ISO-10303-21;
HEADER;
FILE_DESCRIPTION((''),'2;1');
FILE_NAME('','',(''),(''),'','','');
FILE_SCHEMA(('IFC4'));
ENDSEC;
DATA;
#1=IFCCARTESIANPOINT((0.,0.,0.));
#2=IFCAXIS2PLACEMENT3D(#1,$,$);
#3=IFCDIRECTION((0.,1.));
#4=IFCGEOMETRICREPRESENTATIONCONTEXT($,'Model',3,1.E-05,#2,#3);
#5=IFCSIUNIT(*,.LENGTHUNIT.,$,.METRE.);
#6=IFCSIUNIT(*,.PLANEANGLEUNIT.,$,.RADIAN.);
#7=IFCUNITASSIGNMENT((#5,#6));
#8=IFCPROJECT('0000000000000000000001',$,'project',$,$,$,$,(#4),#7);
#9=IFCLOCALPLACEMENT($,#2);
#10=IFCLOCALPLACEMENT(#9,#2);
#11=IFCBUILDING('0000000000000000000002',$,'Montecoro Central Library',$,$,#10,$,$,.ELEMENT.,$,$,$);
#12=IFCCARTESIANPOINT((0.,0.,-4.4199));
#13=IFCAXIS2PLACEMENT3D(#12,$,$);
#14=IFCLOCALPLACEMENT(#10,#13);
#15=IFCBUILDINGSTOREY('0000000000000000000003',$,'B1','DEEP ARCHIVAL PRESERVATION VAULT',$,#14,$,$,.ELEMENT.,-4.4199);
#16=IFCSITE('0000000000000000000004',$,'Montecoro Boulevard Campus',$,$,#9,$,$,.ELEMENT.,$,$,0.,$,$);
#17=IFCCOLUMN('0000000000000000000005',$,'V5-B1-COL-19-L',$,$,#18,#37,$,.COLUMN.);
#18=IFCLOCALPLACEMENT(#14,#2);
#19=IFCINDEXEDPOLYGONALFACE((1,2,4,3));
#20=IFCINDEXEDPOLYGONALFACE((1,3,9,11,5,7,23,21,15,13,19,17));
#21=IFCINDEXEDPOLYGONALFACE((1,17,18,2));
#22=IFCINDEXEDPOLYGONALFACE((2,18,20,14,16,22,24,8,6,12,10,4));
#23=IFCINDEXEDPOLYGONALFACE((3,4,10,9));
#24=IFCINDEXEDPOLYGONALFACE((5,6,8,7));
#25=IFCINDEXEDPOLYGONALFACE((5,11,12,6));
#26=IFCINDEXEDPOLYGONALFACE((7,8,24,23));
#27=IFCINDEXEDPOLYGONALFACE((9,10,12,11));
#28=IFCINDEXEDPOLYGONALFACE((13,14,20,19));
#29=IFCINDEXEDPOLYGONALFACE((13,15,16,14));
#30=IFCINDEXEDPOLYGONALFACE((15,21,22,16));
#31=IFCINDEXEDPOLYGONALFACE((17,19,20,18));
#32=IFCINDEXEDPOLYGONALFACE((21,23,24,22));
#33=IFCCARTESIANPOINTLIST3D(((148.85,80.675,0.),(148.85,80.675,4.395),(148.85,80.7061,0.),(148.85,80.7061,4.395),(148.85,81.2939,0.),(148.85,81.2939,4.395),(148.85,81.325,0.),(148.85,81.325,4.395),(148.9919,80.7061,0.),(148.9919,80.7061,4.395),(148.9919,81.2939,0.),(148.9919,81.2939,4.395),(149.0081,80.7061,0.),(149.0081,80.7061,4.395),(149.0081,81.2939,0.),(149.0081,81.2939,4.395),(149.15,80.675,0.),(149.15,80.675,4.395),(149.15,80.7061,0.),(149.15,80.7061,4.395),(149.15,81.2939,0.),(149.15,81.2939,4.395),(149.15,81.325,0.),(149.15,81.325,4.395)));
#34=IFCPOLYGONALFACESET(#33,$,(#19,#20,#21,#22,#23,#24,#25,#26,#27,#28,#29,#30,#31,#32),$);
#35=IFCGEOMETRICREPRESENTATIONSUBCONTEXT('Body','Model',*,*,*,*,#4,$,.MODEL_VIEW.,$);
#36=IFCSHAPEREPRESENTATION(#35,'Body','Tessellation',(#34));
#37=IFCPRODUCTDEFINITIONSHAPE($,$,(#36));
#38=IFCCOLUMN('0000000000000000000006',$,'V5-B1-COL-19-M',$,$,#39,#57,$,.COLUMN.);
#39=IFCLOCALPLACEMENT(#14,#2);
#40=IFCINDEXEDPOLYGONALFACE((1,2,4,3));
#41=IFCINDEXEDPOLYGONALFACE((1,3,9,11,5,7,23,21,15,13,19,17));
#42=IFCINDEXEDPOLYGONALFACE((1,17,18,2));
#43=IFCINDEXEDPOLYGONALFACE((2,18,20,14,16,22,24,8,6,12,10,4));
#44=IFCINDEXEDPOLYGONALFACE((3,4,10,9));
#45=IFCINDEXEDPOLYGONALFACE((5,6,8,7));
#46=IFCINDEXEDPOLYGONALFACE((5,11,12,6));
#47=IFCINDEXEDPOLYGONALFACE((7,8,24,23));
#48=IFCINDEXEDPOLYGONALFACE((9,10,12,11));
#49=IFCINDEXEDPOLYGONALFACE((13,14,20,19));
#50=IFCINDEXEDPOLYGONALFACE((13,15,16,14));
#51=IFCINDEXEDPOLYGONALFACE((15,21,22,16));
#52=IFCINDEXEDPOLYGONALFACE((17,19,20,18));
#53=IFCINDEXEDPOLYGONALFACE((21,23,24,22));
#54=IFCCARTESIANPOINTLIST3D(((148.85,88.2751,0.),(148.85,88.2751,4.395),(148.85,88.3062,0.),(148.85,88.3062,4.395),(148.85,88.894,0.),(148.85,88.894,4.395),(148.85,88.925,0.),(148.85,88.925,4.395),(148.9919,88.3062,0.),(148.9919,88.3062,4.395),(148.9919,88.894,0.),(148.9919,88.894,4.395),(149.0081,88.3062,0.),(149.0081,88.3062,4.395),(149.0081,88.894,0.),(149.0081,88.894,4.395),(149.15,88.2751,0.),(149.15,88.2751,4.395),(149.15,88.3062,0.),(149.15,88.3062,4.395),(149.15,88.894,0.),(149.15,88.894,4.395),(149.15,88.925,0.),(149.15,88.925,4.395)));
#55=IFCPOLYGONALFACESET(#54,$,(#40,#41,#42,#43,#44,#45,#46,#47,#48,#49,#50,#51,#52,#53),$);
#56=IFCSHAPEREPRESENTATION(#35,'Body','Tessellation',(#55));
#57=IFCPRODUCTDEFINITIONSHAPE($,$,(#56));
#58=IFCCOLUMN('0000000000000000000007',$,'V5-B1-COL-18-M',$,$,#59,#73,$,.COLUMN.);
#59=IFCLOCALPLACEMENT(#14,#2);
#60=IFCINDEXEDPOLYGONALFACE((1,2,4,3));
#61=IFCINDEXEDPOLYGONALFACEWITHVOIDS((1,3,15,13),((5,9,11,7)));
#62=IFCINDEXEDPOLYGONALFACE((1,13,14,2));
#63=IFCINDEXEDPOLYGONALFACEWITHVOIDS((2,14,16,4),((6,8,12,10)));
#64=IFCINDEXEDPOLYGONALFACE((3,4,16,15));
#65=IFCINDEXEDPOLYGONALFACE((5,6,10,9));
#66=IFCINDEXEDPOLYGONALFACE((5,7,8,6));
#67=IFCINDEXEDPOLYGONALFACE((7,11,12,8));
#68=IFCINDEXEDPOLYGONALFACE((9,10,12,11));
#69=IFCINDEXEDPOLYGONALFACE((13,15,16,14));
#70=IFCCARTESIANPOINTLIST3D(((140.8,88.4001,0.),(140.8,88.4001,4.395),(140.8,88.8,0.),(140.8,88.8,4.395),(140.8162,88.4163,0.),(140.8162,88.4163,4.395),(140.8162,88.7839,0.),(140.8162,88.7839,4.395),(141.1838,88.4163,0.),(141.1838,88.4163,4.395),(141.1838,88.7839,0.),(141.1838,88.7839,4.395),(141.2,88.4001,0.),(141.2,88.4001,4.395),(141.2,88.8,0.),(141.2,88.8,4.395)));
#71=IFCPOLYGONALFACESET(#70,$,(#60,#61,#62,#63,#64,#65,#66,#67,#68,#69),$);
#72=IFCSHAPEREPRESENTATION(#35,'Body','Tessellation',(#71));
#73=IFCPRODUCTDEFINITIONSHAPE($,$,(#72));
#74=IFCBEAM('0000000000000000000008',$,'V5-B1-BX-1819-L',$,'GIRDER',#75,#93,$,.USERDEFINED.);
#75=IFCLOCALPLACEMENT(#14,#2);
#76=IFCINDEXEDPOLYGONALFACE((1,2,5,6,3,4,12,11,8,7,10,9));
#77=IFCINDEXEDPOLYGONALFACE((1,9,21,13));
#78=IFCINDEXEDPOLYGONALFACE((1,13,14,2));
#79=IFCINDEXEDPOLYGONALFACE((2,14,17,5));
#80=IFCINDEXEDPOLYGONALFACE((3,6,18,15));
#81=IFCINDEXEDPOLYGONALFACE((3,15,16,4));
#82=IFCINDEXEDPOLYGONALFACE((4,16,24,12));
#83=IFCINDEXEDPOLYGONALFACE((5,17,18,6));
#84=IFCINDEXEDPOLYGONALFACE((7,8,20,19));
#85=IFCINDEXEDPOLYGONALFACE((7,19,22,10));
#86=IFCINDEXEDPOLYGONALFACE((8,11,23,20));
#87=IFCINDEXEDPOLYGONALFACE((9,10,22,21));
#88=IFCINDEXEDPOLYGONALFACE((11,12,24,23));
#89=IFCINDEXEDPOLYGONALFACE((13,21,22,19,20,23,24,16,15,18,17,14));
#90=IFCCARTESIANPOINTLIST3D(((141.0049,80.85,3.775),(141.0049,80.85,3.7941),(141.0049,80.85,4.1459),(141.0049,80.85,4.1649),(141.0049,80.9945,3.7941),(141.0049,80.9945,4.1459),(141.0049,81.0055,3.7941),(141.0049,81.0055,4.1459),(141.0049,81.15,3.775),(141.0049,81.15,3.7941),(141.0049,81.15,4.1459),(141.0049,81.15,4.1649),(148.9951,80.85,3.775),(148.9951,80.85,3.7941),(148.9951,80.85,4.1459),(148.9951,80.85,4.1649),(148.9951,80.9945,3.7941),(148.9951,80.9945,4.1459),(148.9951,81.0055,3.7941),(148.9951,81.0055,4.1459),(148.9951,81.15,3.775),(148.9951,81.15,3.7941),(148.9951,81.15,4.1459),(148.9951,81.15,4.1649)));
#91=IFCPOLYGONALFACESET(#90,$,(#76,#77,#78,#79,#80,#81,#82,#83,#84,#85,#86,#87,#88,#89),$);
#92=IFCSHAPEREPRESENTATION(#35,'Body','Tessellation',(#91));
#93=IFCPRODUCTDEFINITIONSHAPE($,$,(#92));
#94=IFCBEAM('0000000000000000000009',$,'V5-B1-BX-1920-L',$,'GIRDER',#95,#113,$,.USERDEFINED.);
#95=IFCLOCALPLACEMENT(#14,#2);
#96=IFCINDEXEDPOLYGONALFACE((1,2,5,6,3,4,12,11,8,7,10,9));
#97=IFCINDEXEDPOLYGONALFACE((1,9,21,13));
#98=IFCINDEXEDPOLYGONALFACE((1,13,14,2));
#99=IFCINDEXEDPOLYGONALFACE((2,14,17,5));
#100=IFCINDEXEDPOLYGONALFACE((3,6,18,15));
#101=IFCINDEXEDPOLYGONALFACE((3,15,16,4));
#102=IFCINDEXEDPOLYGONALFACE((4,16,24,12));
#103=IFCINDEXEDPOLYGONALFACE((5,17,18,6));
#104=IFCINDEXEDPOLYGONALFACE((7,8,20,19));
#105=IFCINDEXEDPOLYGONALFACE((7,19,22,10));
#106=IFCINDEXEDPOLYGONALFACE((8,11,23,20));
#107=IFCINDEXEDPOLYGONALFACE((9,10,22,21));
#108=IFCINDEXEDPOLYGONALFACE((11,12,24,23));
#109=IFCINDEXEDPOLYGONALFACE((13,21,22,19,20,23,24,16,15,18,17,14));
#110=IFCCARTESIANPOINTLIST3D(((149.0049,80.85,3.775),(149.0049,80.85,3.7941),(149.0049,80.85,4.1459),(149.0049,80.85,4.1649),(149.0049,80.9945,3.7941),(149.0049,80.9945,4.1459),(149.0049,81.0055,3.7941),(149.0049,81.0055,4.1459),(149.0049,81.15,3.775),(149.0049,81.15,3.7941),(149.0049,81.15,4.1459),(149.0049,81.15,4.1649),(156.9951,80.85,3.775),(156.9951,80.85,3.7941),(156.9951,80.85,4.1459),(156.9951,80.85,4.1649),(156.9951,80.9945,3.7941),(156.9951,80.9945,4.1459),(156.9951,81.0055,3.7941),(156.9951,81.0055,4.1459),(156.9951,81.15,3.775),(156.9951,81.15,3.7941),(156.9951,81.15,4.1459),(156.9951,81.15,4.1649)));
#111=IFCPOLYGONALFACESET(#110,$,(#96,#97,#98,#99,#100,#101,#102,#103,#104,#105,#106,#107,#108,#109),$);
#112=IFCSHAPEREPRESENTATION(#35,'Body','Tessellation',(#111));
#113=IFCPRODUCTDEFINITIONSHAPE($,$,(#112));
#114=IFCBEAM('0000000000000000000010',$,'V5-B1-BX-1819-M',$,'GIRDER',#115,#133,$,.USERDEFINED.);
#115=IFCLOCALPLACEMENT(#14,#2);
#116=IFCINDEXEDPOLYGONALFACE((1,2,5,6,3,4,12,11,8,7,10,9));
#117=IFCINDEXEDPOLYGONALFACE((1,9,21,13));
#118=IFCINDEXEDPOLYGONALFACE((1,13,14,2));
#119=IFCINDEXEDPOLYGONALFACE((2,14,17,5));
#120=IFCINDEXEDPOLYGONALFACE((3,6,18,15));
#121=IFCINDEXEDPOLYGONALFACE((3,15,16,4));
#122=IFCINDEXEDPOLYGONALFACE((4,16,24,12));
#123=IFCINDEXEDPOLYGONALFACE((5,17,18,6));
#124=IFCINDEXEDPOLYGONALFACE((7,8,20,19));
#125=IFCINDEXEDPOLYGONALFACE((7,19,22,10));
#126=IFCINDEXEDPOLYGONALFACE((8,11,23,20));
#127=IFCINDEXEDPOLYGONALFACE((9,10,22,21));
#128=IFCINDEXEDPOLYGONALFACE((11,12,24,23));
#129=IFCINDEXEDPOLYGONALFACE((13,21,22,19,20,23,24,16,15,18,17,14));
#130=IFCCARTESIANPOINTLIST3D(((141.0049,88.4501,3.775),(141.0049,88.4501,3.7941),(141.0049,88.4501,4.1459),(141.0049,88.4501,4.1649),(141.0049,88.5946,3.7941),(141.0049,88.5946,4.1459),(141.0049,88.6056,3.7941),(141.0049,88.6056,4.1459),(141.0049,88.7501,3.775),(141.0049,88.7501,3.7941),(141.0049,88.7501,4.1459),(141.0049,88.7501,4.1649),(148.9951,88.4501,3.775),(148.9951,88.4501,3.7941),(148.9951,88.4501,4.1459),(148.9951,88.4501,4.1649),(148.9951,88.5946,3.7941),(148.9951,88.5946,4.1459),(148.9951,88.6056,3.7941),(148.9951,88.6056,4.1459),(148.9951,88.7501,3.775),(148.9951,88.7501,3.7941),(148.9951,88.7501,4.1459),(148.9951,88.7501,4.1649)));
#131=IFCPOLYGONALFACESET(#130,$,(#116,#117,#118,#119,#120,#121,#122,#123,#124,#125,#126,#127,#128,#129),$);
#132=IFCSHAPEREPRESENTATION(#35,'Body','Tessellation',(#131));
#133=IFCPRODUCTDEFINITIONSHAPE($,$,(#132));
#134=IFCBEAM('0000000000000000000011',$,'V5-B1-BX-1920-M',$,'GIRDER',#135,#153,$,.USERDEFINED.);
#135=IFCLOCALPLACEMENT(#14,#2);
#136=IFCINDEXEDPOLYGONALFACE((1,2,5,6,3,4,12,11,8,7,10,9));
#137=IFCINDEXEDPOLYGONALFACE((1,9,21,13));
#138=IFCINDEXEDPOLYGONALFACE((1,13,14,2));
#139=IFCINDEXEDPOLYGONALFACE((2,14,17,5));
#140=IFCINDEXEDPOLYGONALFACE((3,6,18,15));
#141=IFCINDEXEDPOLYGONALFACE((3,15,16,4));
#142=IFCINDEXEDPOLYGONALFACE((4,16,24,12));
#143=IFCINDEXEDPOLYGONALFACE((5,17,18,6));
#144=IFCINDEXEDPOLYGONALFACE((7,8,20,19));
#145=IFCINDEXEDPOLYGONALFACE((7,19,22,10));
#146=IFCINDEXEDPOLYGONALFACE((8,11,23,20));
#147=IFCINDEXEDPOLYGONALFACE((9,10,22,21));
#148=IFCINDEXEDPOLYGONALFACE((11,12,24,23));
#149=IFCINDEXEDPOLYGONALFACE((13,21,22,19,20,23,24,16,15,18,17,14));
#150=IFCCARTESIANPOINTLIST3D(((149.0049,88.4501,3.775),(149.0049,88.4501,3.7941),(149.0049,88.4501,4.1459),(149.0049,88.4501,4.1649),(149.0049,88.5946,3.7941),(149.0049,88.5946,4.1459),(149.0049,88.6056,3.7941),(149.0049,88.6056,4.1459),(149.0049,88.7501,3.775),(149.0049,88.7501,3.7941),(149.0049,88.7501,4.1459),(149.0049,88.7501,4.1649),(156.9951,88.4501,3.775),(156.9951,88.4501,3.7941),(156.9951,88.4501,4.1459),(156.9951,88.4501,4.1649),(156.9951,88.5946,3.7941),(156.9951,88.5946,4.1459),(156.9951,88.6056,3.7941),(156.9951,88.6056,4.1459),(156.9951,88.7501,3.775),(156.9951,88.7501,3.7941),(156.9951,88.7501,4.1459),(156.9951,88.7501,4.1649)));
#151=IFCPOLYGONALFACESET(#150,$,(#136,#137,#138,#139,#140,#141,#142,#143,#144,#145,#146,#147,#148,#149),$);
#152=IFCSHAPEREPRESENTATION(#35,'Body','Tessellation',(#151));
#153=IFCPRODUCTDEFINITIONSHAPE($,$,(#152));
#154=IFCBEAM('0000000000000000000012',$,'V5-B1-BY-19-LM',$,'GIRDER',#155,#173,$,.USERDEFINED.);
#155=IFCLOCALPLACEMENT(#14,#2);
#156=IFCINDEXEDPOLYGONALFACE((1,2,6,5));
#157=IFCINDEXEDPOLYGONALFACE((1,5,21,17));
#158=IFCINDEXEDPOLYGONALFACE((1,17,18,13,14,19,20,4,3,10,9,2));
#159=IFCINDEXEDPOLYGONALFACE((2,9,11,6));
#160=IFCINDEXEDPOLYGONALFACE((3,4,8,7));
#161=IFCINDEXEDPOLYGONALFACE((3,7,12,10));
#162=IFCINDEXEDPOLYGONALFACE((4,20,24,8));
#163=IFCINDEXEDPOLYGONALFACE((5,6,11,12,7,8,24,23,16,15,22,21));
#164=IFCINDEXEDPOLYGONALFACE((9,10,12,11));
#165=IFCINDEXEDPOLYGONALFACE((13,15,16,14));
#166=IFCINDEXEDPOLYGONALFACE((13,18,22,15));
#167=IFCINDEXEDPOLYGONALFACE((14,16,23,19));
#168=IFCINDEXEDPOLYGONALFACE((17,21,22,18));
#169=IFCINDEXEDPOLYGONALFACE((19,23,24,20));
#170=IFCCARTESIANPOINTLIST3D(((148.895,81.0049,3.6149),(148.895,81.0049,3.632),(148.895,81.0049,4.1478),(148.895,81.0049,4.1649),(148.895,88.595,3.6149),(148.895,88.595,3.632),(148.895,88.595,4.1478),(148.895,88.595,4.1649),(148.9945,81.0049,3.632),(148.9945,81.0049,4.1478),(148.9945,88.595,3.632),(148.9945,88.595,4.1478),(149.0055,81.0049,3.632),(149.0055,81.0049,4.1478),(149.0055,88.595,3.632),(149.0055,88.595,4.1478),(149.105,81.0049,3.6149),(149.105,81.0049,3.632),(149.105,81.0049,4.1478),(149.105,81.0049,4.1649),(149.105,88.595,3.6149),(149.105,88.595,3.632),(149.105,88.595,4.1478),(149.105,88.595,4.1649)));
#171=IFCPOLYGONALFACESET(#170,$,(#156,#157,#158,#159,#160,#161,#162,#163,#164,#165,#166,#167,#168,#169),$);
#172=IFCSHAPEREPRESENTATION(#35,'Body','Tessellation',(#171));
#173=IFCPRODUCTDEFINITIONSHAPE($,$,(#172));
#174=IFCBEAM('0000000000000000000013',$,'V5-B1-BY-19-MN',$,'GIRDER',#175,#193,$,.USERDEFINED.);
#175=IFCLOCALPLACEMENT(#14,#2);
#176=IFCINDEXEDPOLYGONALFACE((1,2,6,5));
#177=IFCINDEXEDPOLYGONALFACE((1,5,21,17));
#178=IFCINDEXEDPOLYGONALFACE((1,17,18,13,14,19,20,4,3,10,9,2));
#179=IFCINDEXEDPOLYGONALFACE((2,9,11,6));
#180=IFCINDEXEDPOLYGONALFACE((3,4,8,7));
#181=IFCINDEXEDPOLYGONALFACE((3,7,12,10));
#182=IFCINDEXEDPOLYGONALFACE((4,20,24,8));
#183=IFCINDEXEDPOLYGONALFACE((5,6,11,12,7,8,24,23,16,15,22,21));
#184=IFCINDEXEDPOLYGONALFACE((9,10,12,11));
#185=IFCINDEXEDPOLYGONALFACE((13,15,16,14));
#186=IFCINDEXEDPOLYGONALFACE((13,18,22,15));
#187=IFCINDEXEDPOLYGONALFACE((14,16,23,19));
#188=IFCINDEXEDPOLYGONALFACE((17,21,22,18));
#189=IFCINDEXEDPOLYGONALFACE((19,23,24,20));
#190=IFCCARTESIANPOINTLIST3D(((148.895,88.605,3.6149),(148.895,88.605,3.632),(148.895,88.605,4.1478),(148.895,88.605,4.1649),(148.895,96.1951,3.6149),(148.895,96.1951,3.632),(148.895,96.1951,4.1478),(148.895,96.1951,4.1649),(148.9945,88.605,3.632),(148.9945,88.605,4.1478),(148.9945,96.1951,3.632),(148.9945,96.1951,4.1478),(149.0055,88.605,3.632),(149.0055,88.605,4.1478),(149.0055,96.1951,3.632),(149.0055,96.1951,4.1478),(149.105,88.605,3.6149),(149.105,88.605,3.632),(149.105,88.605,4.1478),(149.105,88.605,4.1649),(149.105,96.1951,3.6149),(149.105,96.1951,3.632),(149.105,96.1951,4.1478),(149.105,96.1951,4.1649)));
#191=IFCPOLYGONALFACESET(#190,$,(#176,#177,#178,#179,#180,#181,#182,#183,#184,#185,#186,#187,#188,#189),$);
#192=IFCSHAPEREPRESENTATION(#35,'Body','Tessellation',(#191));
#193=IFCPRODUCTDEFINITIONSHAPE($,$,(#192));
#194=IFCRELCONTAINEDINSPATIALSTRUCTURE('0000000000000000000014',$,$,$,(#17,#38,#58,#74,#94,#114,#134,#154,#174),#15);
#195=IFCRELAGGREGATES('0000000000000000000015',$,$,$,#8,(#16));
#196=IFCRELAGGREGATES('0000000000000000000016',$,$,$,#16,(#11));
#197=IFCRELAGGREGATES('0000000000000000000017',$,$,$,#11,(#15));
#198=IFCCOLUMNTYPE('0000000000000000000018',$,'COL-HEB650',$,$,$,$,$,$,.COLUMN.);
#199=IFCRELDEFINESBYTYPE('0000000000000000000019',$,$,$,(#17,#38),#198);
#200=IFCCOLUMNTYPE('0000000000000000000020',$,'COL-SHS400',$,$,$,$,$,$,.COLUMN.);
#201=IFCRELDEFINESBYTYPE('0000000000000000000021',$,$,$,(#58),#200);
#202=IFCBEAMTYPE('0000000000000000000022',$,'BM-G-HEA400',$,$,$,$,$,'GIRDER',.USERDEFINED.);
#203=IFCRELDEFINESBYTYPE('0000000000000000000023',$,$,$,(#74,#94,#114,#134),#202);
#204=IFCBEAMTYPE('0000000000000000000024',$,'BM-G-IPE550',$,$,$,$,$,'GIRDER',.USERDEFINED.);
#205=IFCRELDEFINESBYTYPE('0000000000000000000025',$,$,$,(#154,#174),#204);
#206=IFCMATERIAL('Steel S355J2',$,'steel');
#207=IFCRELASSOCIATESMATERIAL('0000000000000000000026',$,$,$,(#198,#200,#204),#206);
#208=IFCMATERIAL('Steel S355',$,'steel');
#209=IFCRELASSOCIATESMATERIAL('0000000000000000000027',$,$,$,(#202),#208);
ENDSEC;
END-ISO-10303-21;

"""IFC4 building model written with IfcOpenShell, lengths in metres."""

from ifc_helpers import new_model, si_unit, direction, frame, origin, origin_2d, place, context, subcontext, project, spatial, hollow_rectangle, i_section, extrude, material, material_profile, profile_set, type_object, element, save


model = new_model("IFC4")

# Units and contexts
model_context = context("Model", 3, precision=1e-05, world=origin(), true_north=direction((0.0, 1.0)))
body_context = subcontext(model_context, "Body", "Model", "MODEL_VIEW")
ifc_project = project(units=[si_unit("LENGTHUNIT", "METRE"), si_unit("PLANEANGLEUNIT", "RADIAN")], contexts=[model_context])

# Site, building, storey
site_placement = place(None, origin())
site = spatial("IfcSite", under=ifc_project, at=site_placement, Name="Montecoro Boulevard Campus", CompositionType="ELEMENT", RefElevation=0.0)
building_placement = place(site_placement, origin())
building = spatial("IfcBuilding", under=site, at=building_placement, Name="Montecoro Central Library", CompositionType="ELEMENT")
storey_placement = place(building_placement, frame((0.0, 0.0, -4.4199)))
storey = spatial("IfcBuildingStorey", under=building, at=storey_placement, Name="B1", Description="DEEP ARCHIVAL PRESERVATION VAULT", CompositionType="ELEMENT", Elevation=-4.4199)

# Columns
ifc_material_1 = material(Name="Steel S355J2", Category="steel")
ifc_material_profile_1 = material_profile(ifc_material_1, i_section(OverallWidth=0.3, OverallDepth=0.6499, WebThickness=0.0161, FlangeThickness=0.031, at=origin_2d()), Name="HEB 650")
ifc_profile_set_1 = profile_set([ifc_material_profile_1], Name="Steel S355J2")
column_type_1 = type_object("IfcColumnType", Name="COL-HEB650", PredefinedType="COLUMN", material=ifc_profile_set_1)
for number, where, z_axis, x_axis, name in (
    (1, (149.0, 81.0, 0.0), (0.0, 0.0, 1.0), (1.0, 0.0, 0.0), "V5-B1-COL-19-L"),
    (2, (149.0, 88.6001, 0.0), (0.0, 0.0, 1.0), (1.0, 0.0, 0.0), "V5-B1-COL-19-M"),
):
    element("IfcColumn", number, at=place(storey_placement, frame(where, z_axis=z_axis, x_axis=x_axis)), inside=storey, type_object=column_type_1, Name=name, PredefinedType="COLUMN", context=body_context, shape_type="SweptSolid", body=[
        extrude(i_section(OverallWidth=0.3, OverallDepth=0.6499, WebThickness=0.0161, FlangeThickness=0.031, at=origin_2d()), origin(), (0.0, 0.0, 1.0), 4.395),
    ])
ifc_material_profile_2 = material_profile(ifc_material_1, hollow_rectangle(XDim=0.3999, YDim=0.3999, WallThickness=0.0161, at=origin_2d()), Name="SHS 400x400x16.0")
ifc_profile_set_2 = profile_set([ifc_material_profile_2], Name="Steel S355J2")
column_type_2 = type_object("IfcColumnType", Name="COL-SHS400", PredefinedType="COLUMN", material=ifc_profile_set_2)
column_placement = place(storey_placement, frame((141.0, 88.6001, 0.0), z_axis=(0.0, 0.0, 1.0), x_axis=(1.0, 0.0, 0.0)))
element("IfcColumn", 3, at=column_placement, inside=storey, type_object=column_type_2, Name="V5-B1-COL-18-M", PredefinedType="COLUMN", context=body_context, shape_type="SweptSolid", body=[
    extrude(hollow_rectangle(XDim=0.3999, YDim=0.3999, WallThickness=0.0161, at=origin_2d()), origin(), (0.0, 0.0, 1.0), 4.395),
])

# Beams
ifc_material_2 = material(Name="Steel S355", Category="steel")
ifc_material_profile_3 = material_profile(ifc_material_2, i_section(OverallWidth=0.3, OverallDepth=0.3899, WebThickness=0.011, FlangeThickness=0.019, at=origin_2d()), Name="HEA 400")
ifc_profile_set_3 = profile_set([ifc_material_profile_3], Name="Steel S355")
beam_type_1 = type_object("IfcBeamType", Name="BM-G-HEA400", ElementType="GIRDER", PredefinedType="USERDEFINED", material=ifc_profile_set_3)
for number, where, z_axis, x_axis, name in (
    (4, (141.0049, 81.0, 3.97), (1.0, 0.0, 0.0), (0.0, 1.0, 0.0), "V5-B1-BX-1819-L"),
    (5, (149.0049, 81.0, 3.97), (1.0, 0.0, 0.0), (0.0, 1.0, 0.0), "V5-B1-BX-1920-L"),
    (6, (141.0049, 88.6001, 3.97), (1.0, 0.0, 0.0), (0.0, 1.0, 0.0), "V5-B1-BX-1819-M"),
    (7, (149.0049, 88.6001, 3.97), (1.0, 0.0, 0.0), (0.0, 1.0, 0.0), "V5-B1-BX-1920-M"),
):
    element("IfcBeam", number, at=place(storey_placement, frame(where, z_axis=z_axis, x_axis=x_axis)), inside=storey, type_object=beam_type_1, Name=name, ObjectType="GIRDER", PredefinedType="USERDEFINED", context=body_context, shape_type="SweptSolid", body=[
        extrude(i_section(OverallWidth=0.3, OverallDepth=0.3899, WebThickness=0.011, FlangeThickness=0.019, at=origin_2d()), origin(), (0.0, 0.0, 1.0), 7.9902),
    ])
ifc_material_profile_4 = material_profile(ifc_material_1, i_section(OverallWidth=0.21, OverallDepth=0.55, WebThickness=0.011, FlangeThickness=0.0171, at=origin_2d()), Name="IPE 550")
ifc_profile_set_4 = profile_set([ifc_material_profile_4], Name="Steel S355J2")
beam_type_2 = type_object("IfcBeamType", Name="BM-G-IPE550", ElementType="GIRDER", PredefinedType="USERDEFINED", material=ifc_profile_set_4)
for number, where, z_axis, x_axis, name in (
    (8, (149.0, 81.0049, 3.8899), (0.0, 1.0, 0.0), (-1.0, 0.0, 0.0), "V5-B1-BY-19-LM"),
    (9, (149.0, 88.605, 3.8899), (0.0, 1.0, 0.0), (-1.0, 0.0, 0.0), "V5-B1-BY-19-MN"),
):
    element("IfcBeam", number, at=place(storey_placement, frame(where, z_axis=z_axis, x_axis=x_axis)), inside=storey, type_object=beam_type_2, Name=name, ObjectType="GIRDER", PredefinedType="USERDEFINED", context=body_context, shape_type="SweptSolid", body=[
        extrude(i_section(OverallWidth=0.21, OverallDepth=0.55, WebThickness=0.011, FlangeThickness=0.0171, at=origin_2d()), origin(), (0.0, 0.0, 1.0), 7.5901),
    ])

save(model, "model.ifc")
